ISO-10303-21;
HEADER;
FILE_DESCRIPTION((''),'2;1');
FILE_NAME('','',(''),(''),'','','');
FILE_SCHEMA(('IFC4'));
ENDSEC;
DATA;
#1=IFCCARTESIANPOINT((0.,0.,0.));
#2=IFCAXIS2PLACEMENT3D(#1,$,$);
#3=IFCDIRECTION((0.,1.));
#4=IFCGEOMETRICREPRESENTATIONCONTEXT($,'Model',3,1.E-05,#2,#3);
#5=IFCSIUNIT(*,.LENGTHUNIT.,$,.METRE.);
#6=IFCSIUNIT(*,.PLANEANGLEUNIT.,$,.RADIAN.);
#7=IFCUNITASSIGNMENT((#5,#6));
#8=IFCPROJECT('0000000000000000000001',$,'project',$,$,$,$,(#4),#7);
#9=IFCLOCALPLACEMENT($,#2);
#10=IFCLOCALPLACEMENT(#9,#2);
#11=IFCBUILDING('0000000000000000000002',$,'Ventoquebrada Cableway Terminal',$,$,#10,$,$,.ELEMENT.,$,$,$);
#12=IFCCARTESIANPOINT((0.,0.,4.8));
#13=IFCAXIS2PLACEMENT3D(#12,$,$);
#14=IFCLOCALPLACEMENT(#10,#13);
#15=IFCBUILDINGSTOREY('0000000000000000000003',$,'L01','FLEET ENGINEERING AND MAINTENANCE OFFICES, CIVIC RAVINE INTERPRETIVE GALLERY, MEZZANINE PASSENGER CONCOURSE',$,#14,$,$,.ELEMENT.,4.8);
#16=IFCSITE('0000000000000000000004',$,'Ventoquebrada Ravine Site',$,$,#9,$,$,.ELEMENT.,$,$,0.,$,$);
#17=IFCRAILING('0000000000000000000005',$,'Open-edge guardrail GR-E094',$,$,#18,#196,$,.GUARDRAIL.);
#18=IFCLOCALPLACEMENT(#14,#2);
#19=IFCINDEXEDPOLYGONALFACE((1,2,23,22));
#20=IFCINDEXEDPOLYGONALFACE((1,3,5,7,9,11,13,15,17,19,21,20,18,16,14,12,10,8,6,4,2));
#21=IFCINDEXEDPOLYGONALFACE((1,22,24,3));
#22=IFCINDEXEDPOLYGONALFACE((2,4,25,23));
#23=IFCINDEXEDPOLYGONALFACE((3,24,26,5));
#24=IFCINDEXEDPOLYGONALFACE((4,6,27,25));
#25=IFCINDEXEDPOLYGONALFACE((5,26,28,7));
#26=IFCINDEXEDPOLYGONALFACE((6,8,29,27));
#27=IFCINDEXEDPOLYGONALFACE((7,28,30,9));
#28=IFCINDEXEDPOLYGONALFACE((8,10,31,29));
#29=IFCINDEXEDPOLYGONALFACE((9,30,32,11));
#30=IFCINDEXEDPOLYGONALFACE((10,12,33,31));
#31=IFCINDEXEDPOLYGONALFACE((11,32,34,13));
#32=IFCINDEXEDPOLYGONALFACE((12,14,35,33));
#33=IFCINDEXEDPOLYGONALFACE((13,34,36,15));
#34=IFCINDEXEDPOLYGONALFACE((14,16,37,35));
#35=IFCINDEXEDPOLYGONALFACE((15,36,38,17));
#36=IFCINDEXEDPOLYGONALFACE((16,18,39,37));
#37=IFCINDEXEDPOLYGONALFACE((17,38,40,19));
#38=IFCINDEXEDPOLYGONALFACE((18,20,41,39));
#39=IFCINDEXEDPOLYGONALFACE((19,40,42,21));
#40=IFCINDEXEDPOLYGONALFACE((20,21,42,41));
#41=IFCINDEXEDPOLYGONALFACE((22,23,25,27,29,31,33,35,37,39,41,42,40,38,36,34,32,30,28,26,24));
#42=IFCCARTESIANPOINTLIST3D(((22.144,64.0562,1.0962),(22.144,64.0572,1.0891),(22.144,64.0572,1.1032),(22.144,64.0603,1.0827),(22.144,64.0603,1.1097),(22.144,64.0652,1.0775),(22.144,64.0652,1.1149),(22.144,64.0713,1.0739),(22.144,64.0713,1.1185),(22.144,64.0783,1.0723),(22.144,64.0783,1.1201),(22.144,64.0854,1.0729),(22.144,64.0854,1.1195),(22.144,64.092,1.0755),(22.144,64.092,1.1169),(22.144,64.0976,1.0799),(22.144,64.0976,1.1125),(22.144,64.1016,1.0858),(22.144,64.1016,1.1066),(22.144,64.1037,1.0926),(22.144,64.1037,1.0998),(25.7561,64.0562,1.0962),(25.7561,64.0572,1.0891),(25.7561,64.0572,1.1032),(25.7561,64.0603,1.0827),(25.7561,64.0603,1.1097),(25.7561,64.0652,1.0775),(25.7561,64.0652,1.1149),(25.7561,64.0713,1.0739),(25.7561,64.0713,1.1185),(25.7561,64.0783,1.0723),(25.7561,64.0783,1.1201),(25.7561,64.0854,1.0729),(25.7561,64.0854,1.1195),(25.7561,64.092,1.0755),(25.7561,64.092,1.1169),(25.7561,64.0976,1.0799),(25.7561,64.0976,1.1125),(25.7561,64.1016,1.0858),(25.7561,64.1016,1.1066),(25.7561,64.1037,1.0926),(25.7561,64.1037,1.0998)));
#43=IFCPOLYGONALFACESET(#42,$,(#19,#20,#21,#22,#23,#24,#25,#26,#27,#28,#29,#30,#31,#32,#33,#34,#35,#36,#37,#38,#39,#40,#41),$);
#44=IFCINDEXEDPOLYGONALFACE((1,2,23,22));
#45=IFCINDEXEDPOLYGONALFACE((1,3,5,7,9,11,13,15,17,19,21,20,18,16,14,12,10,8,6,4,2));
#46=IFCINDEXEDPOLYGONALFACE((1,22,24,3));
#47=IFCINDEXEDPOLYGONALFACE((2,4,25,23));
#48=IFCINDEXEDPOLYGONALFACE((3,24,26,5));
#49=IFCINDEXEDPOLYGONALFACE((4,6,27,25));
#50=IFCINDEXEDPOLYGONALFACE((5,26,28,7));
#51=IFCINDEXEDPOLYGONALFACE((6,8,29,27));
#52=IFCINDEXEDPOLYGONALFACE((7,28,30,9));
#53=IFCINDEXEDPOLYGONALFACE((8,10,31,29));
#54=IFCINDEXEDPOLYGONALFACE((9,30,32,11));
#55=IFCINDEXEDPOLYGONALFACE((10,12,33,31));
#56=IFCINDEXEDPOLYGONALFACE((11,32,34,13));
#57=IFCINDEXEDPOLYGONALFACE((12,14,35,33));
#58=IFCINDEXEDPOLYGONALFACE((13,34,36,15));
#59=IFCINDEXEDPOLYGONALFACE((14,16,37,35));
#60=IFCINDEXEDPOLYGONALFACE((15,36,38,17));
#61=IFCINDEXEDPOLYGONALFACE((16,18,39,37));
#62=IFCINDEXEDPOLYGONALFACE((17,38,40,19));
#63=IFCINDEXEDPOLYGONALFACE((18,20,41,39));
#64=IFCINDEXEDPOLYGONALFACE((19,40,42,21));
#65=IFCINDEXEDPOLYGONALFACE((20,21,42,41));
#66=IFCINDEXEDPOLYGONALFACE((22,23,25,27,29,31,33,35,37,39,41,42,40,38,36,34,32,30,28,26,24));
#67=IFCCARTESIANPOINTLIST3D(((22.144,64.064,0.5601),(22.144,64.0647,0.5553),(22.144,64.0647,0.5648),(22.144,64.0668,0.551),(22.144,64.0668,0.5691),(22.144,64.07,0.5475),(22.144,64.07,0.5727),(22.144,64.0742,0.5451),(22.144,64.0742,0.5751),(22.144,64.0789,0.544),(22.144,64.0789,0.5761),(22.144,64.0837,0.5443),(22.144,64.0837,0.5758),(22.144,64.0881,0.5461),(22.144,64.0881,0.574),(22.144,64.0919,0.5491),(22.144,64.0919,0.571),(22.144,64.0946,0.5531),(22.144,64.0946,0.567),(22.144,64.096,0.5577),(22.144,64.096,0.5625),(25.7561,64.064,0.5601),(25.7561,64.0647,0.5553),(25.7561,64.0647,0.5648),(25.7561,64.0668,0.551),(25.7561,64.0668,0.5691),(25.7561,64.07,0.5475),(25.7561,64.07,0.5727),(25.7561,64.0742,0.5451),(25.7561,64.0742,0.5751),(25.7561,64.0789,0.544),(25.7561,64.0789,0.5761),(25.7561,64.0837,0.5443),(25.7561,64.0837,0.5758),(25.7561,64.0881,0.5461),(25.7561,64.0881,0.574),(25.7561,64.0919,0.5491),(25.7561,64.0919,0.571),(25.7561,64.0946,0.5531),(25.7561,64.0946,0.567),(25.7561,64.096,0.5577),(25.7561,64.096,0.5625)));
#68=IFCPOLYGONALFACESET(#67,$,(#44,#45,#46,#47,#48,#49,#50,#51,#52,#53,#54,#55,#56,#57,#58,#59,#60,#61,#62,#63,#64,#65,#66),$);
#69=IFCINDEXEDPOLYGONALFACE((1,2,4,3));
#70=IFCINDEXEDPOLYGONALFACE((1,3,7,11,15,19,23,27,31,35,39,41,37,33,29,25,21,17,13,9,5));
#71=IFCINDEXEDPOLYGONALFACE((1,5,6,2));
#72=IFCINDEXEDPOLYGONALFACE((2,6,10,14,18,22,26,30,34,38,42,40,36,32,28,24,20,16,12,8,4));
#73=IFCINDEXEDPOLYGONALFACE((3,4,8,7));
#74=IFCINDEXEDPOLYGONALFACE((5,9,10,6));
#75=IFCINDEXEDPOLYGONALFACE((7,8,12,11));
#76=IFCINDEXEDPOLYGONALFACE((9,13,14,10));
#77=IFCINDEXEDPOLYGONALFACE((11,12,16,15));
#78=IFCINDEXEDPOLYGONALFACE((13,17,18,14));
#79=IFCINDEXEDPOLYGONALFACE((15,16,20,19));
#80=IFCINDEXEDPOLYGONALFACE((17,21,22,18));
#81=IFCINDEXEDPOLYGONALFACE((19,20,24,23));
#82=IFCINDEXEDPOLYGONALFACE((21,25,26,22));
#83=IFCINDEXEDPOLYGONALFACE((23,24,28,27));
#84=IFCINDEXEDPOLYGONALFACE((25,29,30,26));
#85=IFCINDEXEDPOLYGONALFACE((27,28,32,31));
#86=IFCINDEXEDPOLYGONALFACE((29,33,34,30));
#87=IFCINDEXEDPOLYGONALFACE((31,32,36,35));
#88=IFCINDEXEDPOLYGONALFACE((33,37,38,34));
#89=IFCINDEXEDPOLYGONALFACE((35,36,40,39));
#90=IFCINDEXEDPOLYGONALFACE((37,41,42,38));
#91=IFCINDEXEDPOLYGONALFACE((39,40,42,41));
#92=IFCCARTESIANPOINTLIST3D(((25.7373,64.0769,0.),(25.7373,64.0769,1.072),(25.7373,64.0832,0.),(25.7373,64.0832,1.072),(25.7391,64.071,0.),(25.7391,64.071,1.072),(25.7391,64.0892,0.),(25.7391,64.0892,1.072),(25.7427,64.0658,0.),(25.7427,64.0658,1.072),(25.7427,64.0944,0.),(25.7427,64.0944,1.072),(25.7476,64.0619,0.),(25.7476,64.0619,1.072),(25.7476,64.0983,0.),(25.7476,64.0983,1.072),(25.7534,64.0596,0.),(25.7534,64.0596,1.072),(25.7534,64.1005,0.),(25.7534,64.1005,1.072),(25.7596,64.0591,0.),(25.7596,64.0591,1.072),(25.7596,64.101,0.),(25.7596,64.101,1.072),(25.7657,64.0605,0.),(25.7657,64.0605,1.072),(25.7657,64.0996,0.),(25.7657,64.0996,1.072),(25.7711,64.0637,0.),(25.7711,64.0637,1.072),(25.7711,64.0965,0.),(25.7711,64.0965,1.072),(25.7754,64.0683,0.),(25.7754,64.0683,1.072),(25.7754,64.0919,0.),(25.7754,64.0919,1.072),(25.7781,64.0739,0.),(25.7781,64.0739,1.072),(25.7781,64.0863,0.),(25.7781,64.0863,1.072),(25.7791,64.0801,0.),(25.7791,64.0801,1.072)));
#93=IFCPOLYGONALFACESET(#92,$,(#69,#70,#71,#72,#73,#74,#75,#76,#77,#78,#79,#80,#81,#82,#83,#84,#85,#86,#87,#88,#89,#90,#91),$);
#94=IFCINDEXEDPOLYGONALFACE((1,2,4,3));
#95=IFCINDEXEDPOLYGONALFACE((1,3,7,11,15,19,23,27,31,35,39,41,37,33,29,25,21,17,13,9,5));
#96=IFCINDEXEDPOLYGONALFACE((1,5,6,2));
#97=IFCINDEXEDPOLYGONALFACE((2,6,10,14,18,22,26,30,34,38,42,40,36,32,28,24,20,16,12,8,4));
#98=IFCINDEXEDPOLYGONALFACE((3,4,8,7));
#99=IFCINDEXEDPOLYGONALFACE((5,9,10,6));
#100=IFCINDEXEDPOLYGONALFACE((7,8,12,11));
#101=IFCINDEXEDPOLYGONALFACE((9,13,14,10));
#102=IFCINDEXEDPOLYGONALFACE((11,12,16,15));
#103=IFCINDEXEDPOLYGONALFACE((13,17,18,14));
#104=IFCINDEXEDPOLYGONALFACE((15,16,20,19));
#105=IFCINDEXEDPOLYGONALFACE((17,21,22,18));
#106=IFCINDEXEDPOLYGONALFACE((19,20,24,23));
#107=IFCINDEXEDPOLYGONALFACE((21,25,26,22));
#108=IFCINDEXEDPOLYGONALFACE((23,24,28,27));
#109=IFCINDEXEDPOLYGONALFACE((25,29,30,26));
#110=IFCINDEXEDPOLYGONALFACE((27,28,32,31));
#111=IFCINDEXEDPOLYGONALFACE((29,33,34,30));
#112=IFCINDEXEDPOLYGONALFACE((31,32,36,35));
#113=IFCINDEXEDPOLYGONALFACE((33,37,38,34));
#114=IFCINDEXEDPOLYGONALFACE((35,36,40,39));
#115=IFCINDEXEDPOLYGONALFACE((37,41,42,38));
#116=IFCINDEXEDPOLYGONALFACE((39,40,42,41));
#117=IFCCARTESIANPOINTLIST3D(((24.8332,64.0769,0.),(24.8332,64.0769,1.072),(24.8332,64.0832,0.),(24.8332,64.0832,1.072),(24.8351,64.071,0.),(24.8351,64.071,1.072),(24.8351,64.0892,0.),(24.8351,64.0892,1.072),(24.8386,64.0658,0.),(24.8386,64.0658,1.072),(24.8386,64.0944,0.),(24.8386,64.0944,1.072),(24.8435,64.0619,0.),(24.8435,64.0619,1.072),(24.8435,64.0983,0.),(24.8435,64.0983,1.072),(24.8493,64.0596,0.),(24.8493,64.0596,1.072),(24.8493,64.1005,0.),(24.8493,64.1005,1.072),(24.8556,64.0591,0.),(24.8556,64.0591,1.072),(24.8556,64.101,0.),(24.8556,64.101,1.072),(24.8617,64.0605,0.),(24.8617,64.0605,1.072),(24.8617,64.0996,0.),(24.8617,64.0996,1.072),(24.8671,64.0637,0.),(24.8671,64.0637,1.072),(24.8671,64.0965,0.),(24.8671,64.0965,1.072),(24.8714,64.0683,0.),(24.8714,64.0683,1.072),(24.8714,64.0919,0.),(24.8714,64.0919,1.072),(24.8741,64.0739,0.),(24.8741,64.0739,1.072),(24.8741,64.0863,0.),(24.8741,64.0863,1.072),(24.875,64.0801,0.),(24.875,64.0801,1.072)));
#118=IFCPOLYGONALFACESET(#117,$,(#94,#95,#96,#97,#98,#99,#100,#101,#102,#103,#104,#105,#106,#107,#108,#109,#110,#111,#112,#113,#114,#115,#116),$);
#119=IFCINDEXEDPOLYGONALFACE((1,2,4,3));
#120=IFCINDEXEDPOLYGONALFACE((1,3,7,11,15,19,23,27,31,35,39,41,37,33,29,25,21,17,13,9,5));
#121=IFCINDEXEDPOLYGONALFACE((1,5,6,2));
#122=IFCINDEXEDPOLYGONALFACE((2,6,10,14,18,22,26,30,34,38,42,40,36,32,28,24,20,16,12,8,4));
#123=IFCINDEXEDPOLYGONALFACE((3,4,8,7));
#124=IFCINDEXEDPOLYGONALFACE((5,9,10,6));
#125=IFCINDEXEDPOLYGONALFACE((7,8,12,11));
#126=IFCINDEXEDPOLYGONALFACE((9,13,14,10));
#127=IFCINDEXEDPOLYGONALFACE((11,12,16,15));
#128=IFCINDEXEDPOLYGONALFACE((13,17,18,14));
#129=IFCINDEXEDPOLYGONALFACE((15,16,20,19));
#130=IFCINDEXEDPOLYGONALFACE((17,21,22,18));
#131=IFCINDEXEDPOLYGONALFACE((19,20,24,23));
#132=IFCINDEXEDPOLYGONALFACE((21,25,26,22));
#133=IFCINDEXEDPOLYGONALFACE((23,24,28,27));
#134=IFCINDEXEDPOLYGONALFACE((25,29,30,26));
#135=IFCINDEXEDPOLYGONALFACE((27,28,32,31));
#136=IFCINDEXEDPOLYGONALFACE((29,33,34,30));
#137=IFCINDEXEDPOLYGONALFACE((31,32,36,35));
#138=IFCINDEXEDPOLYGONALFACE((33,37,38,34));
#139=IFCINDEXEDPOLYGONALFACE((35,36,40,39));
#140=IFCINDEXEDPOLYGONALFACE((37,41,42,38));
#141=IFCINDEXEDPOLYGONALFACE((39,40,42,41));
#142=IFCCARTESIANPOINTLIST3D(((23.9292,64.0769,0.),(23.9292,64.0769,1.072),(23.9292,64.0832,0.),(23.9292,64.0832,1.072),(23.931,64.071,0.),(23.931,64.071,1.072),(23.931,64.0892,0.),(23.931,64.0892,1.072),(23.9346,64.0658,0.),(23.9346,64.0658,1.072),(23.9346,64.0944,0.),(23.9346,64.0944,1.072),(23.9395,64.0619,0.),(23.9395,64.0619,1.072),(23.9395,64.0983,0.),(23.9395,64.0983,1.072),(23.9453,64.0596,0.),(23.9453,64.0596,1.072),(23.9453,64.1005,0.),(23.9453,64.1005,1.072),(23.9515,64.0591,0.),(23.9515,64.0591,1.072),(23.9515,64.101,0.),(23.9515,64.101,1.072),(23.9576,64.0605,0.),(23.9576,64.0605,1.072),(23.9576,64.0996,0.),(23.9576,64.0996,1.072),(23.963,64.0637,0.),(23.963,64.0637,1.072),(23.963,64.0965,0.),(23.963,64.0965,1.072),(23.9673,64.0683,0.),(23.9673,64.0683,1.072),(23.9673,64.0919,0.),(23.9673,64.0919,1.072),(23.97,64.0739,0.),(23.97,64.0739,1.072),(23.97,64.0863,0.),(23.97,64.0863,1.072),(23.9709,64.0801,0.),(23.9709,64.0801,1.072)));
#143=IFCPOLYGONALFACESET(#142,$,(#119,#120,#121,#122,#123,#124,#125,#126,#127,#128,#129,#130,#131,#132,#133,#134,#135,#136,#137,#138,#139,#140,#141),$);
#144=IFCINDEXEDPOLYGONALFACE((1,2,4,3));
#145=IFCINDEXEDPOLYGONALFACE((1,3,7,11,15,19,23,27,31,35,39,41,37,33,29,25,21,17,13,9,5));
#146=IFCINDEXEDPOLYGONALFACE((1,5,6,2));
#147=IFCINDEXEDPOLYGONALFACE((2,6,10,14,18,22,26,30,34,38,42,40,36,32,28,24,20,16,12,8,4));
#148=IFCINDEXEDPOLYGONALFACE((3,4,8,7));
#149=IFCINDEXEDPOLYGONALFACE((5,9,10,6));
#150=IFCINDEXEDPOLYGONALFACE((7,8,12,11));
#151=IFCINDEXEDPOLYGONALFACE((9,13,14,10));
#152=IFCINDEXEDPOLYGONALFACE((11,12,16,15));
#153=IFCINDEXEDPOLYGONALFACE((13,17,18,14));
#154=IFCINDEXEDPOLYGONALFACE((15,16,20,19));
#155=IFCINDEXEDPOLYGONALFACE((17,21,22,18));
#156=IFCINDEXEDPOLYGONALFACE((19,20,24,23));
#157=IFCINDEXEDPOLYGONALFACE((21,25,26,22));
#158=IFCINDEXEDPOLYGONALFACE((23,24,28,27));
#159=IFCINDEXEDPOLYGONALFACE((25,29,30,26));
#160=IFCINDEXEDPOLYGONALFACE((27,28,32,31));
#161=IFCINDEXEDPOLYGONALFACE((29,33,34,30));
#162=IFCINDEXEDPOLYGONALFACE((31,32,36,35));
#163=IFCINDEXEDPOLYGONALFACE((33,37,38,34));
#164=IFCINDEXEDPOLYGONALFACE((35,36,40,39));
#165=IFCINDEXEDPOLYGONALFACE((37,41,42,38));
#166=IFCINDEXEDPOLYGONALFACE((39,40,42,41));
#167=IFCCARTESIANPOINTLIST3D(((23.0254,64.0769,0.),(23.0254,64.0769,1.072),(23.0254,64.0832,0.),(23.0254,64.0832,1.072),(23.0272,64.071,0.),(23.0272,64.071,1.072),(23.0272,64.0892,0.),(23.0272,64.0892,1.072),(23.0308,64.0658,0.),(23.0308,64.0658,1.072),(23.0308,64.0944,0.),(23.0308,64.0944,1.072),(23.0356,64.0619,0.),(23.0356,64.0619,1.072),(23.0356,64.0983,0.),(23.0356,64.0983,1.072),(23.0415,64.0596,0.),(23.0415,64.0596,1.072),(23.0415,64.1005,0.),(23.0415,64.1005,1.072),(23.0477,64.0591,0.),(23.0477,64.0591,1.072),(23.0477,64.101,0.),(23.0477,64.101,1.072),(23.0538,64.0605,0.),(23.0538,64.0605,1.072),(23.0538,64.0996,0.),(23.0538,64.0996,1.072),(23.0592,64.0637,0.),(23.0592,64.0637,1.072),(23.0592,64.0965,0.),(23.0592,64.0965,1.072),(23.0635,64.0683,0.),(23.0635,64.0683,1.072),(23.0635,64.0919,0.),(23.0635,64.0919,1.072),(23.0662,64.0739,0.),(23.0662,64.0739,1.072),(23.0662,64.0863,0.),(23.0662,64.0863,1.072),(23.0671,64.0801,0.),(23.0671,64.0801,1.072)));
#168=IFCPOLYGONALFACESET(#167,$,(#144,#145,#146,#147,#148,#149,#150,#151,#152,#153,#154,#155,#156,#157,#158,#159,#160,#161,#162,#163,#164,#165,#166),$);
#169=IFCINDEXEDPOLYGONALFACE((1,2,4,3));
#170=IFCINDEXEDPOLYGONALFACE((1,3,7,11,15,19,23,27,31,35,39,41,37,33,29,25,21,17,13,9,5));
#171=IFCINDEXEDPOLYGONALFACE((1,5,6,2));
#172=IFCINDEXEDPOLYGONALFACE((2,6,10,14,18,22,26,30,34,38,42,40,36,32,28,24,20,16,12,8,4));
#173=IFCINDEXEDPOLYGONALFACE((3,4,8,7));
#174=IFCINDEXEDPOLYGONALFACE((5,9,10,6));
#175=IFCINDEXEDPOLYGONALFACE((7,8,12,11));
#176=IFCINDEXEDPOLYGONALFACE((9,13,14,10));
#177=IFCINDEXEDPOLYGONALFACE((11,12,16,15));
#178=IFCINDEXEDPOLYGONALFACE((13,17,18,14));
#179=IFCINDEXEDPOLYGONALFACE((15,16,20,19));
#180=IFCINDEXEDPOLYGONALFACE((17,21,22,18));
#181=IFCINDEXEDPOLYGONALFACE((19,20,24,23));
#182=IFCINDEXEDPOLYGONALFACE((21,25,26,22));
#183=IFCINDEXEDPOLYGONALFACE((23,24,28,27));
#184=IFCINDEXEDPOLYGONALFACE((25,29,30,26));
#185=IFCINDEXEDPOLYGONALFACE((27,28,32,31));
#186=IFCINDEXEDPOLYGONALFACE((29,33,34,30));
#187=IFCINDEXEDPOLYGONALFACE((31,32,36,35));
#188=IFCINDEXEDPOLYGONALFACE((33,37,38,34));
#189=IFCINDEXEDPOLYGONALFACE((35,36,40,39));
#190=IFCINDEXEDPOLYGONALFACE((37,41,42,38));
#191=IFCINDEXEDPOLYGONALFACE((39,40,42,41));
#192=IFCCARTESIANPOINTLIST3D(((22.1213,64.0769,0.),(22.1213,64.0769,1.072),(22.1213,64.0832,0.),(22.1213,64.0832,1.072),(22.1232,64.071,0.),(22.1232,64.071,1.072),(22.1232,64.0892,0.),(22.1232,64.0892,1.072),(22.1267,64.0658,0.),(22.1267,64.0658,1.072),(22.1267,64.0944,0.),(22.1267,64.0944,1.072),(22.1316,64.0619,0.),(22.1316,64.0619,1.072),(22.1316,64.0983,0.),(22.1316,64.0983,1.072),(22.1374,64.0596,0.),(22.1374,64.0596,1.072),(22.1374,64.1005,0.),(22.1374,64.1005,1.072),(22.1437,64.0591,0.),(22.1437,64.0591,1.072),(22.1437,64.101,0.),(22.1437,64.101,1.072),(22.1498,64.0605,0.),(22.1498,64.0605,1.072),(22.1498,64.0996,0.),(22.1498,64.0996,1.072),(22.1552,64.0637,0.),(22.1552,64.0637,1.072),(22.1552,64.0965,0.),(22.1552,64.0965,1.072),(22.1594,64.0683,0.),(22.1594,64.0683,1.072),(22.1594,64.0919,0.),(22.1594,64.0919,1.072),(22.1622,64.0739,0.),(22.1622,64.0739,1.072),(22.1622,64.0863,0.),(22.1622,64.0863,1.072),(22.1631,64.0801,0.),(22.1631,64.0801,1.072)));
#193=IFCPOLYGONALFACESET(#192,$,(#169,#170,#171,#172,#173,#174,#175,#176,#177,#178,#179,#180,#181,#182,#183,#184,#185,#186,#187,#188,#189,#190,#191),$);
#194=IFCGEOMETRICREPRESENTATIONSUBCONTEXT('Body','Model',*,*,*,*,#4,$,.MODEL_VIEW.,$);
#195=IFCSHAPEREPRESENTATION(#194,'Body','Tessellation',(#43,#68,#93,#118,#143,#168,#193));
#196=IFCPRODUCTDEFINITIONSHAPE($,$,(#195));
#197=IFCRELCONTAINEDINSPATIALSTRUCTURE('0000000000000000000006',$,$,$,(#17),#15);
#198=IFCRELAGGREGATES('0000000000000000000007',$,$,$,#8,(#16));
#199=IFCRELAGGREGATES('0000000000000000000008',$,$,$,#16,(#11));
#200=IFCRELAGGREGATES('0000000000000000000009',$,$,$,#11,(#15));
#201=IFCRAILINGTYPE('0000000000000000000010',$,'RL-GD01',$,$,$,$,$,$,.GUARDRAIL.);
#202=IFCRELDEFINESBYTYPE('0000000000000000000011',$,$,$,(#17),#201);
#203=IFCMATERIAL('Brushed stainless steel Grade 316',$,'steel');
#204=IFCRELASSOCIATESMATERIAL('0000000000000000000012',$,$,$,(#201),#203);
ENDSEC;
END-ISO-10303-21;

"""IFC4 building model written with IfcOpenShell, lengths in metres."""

from ifc_helpers import new_model, si_unit, direction, frame, origin, origin_2d, place, context, subcontext, project, spatial, circle, extrude, material, type_object, element, save


model = new_model("IFC4")

# Units and contexts
model_context = context("Model", 3, precision=1e-05, world=origin(), true_north=direction((0.0, 1.0)))
body_context = subcontext(model_context, "Body", "Model", "MODEL_VIEW")
ifc_project = project(units=[si_unit("LENGTHUNIT", "METRE"), si_unit("PLANEANGLEUNIT", "RADIAN")], contexts=[model_context])

# Site, building, storey
site_placement = place(None, origin())
site = spatial("IfcSite", under=ifc_project, at=site_placement, Name="Ventoquebrada Ravine Site", CompositionType="ELEMENT", RefElevation=0.0)
building_placement = place(site_placement, origin())
building = spatial("IfcBuilding", under=site, at=building_placement, Name="Ventoquebrada Cableway Terminal", CompositionType="ELEMENT")
storey_placement = place(building_placement, frame((0.0, 0.0, 4.8)))
storey = spatial("IfcBuildingStorey", under=building, at=storey_placement, Name="L01", Description="FLEET ENGINEERING AND MAINTENANCE OFFICES, CIVIC RAVINE INTERPRETIVE GALLERY, MEZZANINE PASSENGER CONCOURSE", CompositionType="ELEMENT", Elevation=4.8)

# Railing
ifc_material_1 = material(Name="Brushed stainless steel Grade 316", Category="steel")
railing_type = type_object("IfcRailingType", Name="RL-GD01", PredefinedType="GUARDRAIL", material=ifc_material_1)
railing_placement = place(storey_placement, frame((25.7581, 64.0801, 0.0)))
element("IfcRailing", 1, at=railing_placement, inside=storey, type_object=railing_type, Name="Open-edge guardrail GR-E094", PredefinedType="GUARDRAIL", context=body_context, shape_type="SweptSolid", body=[
    extrude(circle(Radius=0.0239, at=origin_2d()), frame((-0.002, 0.0, 1.0962), z_axis=(-1.0, 0.0, 0.0), x_axis=(0.0, -1.0, 0.0)), (0.0, 0.0, 1.0), 3.6121),
    extrude(circle(Radius=0.0161, at=origin_2d()), frame((-0.002, 0.0, 0.5601), z_axis=(-1.0, 0.0, 0.0), x_axis=(0.0, -1.0, 0.0)), (0.0, 0.0, 1.0), 3.6121),
    extrude(circle(Radius=0.021, at=origin_2d()), origin(), (0.0, 0.0, 1.0), 1.072),
    extrude(circle(Radius=0.021, at=origin_2d()), frame((-0.9041, 0.0, 0.0)), (0.0, 0.0, 1.0), 1.072),
    extrude(circle(Radius=0.021, at=origin_2d()), frame((-1.8081, 0.0, 0.0)), (0.0, 0.0, 1.0), 1.072),
    extrude(circle(Radius=0.021, at=origin_2d()), frame((-2.7119, 0.0, 0.0)), (0.0, 0.0, 1.0), 1.072),
    extrude(circle(Radius=0.021, at=origin_2d()), frame((-3.616, 0.0, 0.0)), (0.0, 0.0, 1.0), 1.072),
])

save(model, "model.ifc")
